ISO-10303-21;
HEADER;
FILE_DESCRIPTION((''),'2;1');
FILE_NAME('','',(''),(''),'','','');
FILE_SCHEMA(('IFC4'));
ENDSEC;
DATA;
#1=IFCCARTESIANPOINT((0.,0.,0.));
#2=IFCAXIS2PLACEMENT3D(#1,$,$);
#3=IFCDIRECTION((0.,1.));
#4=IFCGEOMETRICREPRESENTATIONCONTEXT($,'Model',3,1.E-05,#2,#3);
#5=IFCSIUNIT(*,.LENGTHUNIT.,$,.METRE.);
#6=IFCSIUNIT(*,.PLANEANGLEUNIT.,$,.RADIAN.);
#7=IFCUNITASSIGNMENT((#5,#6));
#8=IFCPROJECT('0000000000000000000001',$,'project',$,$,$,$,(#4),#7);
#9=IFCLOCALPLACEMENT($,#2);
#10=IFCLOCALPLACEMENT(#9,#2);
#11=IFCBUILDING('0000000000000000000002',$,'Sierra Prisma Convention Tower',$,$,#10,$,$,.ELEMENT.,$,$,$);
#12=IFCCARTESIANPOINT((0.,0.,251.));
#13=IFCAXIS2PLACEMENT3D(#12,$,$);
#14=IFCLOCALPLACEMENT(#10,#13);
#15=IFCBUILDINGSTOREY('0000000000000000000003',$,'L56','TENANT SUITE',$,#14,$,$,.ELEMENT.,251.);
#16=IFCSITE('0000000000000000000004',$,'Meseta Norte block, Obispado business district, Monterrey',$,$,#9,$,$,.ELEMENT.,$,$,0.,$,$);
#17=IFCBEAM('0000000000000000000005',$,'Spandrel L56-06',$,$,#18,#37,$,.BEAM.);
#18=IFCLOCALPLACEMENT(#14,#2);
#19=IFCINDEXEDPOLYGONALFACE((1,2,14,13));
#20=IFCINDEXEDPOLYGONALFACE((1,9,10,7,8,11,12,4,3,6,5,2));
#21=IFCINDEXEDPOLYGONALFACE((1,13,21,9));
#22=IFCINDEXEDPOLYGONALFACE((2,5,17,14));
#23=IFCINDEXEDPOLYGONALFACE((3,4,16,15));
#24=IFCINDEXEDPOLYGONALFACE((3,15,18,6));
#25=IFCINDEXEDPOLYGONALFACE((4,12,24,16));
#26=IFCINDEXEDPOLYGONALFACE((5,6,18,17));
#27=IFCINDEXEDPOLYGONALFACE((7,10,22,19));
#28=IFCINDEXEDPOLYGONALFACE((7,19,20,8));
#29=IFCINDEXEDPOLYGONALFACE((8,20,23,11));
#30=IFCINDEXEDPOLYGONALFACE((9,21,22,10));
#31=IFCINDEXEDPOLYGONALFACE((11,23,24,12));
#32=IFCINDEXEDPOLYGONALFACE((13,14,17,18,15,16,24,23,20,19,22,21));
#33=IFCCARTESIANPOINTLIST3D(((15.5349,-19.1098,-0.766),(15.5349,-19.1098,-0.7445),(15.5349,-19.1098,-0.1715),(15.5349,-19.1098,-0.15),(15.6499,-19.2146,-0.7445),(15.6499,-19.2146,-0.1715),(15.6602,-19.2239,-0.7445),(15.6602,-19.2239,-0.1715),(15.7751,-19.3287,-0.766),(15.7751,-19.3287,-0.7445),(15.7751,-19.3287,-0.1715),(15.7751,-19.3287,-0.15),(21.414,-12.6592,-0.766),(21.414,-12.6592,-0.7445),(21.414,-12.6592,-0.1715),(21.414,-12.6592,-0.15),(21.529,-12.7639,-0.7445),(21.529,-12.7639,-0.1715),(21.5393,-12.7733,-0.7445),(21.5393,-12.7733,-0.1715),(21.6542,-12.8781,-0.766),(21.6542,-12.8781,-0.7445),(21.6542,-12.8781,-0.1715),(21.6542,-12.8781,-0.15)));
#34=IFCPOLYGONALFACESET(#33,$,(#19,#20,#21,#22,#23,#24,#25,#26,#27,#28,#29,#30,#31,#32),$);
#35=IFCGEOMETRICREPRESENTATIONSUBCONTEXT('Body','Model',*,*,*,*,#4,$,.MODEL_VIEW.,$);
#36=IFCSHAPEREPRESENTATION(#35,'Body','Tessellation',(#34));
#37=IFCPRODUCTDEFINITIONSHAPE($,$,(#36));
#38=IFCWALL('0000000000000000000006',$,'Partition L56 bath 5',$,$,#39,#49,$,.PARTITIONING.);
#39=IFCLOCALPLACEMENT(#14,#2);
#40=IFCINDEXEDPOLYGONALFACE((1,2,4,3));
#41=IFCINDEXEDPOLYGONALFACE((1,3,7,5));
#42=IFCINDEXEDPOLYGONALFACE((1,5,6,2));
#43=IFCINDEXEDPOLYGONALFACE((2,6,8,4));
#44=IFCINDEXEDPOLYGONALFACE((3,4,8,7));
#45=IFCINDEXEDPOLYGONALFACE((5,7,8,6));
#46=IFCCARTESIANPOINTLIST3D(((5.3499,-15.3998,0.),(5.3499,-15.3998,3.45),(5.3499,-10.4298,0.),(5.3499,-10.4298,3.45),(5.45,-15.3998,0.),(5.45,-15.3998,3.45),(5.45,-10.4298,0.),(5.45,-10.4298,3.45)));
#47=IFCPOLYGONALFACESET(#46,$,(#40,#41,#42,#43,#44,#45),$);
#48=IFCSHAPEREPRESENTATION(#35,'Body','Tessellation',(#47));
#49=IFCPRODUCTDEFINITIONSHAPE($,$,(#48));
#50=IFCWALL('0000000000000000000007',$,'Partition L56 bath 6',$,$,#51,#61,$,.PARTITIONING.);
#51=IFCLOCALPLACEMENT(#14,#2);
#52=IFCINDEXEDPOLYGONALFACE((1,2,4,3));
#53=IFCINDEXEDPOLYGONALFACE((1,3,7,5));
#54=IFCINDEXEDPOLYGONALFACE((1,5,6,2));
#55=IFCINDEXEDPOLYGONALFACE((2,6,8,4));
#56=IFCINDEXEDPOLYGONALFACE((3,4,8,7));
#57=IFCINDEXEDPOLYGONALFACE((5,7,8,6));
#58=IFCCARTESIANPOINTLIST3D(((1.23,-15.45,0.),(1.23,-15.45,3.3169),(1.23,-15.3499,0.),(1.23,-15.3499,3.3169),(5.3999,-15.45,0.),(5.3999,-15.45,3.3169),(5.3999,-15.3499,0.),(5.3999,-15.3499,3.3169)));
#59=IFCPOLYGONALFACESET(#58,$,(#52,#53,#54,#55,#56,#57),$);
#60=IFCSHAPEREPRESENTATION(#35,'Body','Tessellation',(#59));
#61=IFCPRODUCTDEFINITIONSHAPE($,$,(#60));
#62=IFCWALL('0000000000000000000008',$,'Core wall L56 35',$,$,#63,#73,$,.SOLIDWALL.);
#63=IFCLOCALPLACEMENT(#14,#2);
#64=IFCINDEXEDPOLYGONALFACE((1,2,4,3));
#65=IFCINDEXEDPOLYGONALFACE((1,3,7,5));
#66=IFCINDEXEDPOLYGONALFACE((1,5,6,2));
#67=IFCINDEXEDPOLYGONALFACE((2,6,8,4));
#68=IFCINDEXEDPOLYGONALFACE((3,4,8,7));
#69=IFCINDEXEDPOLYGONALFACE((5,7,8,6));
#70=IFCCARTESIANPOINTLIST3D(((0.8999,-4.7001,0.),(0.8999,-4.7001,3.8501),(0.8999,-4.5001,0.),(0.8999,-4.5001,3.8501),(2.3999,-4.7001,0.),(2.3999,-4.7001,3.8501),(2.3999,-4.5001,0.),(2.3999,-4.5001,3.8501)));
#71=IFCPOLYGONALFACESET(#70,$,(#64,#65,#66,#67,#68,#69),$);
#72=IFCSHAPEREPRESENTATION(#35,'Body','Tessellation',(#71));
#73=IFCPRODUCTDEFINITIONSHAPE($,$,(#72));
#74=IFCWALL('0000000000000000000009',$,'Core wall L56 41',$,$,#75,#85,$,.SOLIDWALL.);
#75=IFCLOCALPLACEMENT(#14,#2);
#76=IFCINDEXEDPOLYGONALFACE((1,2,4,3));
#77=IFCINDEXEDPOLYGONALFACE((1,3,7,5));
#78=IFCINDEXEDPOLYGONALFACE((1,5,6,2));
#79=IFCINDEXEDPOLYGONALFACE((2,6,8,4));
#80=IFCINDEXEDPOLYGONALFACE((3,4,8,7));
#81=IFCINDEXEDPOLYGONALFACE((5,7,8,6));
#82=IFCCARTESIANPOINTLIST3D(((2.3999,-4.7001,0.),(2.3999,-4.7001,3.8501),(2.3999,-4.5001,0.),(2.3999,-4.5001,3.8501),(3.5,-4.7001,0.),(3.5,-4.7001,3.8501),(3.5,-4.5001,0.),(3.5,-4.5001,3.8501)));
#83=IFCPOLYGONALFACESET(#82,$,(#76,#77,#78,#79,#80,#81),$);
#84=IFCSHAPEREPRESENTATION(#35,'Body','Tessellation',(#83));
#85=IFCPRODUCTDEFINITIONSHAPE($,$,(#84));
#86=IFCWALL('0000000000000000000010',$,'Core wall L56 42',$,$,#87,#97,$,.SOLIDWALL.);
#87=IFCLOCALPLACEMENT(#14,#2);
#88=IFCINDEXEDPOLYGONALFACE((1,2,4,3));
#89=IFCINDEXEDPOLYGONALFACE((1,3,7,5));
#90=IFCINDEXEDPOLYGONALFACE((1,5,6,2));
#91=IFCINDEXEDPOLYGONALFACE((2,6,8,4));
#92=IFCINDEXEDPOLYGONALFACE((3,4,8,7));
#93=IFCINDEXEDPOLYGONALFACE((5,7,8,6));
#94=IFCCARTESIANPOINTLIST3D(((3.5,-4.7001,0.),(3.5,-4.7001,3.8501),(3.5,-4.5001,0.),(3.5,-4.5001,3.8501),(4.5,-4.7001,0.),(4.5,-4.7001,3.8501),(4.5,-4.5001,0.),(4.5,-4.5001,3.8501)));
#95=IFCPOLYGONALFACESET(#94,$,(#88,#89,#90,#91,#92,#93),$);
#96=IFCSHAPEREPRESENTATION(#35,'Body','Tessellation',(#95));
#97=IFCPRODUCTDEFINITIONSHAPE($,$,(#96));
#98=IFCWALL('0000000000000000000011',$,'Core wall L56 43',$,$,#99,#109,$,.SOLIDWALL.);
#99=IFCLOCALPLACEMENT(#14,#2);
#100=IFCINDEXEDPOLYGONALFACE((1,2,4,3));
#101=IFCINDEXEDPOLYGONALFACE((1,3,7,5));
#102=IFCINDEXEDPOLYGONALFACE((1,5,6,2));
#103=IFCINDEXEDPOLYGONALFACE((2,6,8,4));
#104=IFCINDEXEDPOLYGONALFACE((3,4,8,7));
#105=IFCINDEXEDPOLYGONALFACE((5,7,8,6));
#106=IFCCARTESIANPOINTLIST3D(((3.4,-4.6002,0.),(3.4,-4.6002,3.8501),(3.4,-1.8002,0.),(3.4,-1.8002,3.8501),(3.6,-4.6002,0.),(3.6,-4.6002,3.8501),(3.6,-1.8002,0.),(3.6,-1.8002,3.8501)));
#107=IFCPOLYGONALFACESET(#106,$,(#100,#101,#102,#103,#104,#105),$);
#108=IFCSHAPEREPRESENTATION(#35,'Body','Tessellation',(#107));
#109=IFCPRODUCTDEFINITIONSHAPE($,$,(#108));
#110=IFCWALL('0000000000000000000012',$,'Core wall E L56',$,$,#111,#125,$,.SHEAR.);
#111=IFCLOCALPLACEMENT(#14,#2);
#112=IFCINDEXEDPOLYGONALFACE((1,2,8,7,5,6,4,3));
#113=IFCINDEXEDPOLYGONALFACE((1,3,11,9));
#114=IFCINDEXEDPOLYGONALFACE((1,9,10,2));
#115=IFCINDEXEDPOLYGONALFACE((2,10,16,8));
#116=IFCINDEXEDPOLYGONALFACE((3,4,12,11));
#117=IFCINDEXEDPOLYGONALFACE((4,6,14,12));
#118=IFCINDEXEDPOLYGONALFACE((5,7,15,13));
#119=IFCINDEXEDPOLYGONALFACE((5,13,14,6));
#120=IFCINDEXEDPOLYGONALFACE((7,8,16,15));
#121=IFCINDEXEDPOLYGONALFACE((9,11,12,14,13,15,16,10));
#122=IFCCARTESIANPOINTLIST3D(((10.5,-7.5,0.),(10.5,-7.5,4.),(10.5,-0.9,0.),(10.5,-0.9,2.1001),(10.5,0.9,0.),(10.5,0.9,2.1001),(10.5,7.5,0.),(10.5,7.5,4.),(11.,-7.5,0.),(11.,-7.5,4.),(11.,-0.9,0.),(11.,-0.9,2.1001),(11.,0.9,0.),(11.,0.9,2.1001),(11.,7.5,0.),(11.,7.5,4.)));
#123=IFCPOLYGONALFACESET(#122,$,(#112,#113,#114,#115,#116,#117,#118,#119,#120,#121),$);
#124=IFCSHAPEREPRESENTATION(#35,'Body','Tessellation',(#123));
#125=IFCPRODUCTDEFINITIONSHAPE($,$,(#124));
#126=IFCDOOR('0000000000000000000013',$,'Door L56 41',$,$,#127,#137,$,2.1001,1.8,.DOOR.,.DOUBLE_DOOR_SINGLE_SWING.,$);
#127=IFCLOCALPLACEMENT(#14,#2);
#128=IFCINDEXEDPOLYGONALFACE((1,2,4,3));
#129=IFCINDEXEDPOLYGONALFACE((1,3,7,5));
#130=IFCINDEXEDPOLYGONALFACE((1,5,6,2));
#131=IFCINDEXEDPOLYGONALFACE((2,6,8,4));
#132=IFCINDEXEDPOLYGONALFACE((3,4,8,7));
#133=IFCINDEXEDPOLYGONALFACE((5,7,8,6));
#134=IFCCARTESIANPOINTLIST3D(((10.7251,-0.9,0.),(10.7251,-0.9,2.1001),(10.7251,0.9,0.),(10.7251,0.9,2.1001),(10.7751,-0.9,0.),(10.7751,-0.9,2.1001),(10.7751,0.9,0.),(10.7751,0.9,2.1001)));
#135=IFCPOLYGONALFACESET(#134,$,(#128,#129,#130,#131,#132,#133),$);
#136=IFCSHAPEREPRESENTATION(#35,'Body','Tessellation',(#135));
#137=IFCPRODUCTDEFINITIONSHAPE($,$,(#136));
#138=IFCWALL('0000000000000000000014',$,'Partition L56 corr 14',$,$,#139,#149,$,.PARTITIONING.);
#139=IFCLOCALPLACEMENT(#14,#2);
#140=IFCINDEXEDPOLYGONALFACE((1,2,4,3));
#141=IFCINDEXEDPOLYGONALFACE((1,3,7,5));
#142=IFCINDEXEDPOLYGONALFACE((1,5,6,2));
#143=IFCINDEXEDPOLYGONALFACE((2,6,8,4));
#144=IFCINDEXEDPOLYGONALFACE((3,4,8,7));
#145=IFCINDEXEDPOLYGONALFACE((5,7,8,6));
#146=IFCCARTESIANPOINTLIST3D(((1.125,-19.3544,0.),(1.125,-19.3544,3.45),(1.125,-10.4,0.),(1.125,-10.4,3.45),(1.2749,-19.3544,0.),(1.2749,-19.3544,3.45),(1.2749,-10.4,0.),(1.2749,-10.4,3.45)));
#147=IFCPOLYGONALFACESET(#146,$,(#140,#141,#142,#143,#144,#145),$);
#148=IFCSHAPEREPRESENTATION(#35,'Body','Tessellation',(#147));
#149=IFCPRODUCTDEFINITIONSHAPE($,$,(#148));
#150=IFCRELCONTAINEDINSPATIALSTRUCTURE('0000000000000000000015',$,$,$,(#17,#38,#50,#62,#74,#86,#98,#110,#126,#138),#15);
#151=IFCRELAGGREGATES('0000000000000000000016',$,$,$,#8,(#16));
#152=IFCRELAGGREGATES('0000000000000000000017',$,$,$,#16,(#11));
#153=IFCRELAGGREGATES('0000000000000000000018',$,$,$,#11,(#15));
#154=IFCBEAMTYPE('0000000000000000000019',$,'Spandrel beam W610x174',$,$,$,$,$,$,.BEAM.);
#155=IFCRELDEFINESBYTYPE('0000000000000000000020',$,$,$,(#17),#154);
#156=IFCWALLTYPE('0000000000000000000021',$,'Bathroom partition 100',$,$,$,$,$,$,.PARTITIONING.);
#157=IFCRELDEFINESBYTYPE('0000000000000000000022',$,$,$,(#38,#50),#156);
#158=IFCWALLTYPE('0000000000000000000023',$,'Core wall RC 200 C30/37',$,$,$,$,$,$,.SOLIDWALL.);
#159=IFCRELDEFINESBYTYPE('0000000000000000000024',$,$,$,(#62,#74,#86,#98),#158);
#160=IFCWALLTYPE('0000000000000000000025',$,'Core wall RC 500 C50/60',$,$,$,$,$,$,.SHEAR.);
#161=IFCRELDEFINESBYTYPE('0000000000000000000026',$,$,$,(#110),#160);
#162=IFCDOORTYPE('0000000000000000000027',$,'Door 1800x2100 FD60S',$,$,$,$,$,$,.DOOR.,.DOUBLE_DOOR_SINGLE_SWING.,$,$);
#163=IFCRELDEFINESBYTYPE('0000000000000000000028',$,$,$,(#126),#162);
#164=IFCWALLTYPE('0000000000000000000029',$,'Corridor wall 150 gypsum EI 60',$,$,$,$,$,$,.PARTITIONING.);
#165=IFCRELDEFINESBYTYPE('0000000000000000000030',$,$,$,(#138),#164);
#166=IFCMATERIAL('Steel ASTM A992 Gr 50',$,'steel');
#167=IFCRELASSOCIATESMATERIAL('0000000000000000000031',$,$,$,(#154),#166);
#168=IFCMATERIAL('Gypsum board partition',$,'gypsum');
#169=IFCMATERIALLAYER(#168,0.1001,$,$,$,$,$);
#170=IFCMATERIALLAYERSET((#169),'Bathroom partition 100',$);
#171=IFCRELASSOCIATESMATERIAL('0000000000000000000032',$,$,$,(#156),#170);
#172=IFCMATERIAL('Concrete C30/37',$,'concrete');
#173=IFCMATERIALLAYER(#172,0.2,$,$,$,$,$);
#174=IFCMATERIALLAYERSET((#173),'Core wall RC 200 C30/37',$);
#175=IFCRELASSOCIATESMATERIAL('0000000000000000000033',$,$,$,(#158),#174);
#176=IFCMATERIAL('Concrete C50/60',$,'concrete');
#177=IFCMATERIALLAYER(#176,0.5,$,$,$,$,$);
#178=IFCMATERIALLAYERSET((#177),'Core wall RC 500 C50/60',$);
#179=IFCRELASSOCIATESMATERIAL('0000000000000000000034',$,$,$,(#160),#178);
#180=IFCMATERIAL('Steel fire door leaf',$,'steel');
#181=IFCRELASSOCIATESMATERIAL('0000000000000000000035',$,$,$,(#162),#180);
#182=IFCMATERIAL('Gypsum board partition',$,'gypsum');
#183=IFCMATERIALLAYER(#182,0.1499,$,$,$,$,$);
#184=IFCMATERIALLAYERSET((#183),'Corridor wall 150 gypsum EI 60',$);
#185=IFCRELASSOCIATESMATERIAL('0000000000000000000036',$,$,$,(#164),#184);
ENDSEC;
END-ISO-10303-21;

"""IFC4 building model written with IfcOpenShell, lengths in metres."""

from ifc_helpers import new_model, si_unit, direction, frame, frame_2d, origin, origin_2d, place, context, subcontext, project, spatial, rectangle, i_section, extrude, material, layer, layer_set, material_profile, profile_set, type_object, element, fill, save


model = new_model("IFC4")

# Units and contexts
model_context = context("Model", 3, precision=1e-05, world=origin(), true_north=direction((0.0, 1.0)))
body_context = subcontext(model_context, "Body", "Model", "MODEL_VIEW")
ifc_project = project(units=[si_unit("LENGTHUNIT", "METRE"), si_unit("PLANEANGLEUNIT", "RADIAN")], contexts=[model_context])

# Site, building, storey
site_placement = place(None, origin())
site = spatial("IfcSite", under=ifc_project, at=site_placement, Name="Meseta Norte block, Obispado business district, Monterrey", CompositionType="ELEMENT", RefElevation=0.0)
building_placement = place(site_placement, origin())
building = spatial("IfcBuilding", under=site, at=building_placement, Name="Sierra Prisma Convention Tower", CompositionType="ELEMENT")
storey_placement = place(building_placement, frame((0.0, 0.0, 251.0)))
storey = spatial("IfcBuildingStorey", under=building, at=storey_placement, Name="L56", Description="TENANT SUITE", CompositionType="ELEMENT", Elevation=251.0)

# Beam
ifc_material_1 = material(Name="Steel ASTM A992 Gr 50", Category="steel")
ifc_material_profile = material_profile(ifc_material_1, i_section(OverallWidth=0.325, OverallDepth=0.616, WebThickness=0.0139, FlangeThickness=0.0215, at=origin_2d()), Name="W610x174")
ifc_profile_set = profile_set([ifc_material_profile], Name="Steel ASTM A992 Gr 50")
beam_type = type_object("IfcBeamType", Name="Spandrel beam W610x174", PredefinedType="BEAM", material=ifc_profile_set)
beam_placement = place(storey_placement, frame((15.655, -19.2192, -0.458), z_axis=(0.673606, 0.73909, 0.0), x_axis=(-0.73909, 0.673606, 0.0)))
element("IfcBeam", 1, at=beam_placement, inside=storey, type_object=beam_type, Name="Spandrel L56-06", PredefinedType="BEAM", context=body_context, shape_type="SweptSolid", body=[
    extrude(i_section(OverallWidth=0.325, OverallDepth=0.616, WebThickness=0.0139, FlangeThickness=0.0215, at=origin_2d()), origin(), (0.0, 0.0, 1.0), 8.7278),
])

# Walls
ifc_material_2 = material(Name="Gypsum board partition", Category="gypsum")
ifc_layer_1 = layer(ifc_material_2, 0.1001)
ifc_layer_set_1 = layer_set([ifc_layer_1], Name="Bathroom partition 100")
wall_type_1 = type_object("IfcWallType", Name="Bathroom partition 100", PredefinedType="PARTITIONING", material=ifc_layer_set_1)
wall_1_placement = place(storey_placement, frame((5.3999, -10.4299, 0.0), z_axis=(0.0, 0.0, 1.0), x_axis=(0.0, -1.0, 0.0)))
element("IfcWall", 2, at=wall_1_placement, inside=storey, type_object=wall_type_1, Name="Partition L56 bath 5", PredefinedType="PARTITIONING", context=body_context, shape_type="SweptSolid", body=[
    extrude(rectangle(XDim=4.97, YDim=0.1001, at=frame_2d((2.4849, 0.0))), origin(), (0.0, 0.0, 1.0), 3.45),
])
wall_2_placement = place(storey_placement, frame((5.3999, -15.3999, 0.0), z_axis=(0.0, 0.0, 1.0), x_axis=(-1.0, 0.0, 0.0)))
element("IfcWall", 3, at=wall_2_placement, inside=storey, type_object=wall_type_1, Name="Partition L56 bath 6", PredefinedType="PARTITIONING", context=body_context, shape_type="SweptSolid", body=[
    extrude(rectangle(XDim=4.1699, YDim=0.1001, at=frame_2d((2.085, 0.0))), origin(), (0.0, 0.0, 1.0), 3.3169),
])
ifc_material_3 = material(Name="Concrete C30/37", Category="concrete")
ifc_layer_2 = layer(ifc_material_3, 0.2)
ifc_layer_set_2 = layer_set([ifc_layer_2], Name="Core wall RC 200 C30/37")
wall_type_2 = type_object("IfcWallType", Name="Core wall RC 200 C30/37", PredefinedType="SOLIDWALL", material=ifc_layer_set_2)
wall_3_placement = place(storey_placement, frame((0.8999, -4.6001, 0.0), z_axis=(0.0, 0.0, 1.0), x_axis=(1.0, 0.0, 0.0)))
element("IfcWall", 4, at=wall_3_placement, inside=storey, type_object=wall_type_2, Name="Core wall L56 35", PredefinedType="SOLIDWALL", context=body_context, shape_type="SweptSolid", body=[
    extrude(rectangle(XDim=1.5, YDim=0.2, at=frame_2d((0.75, 0.0))), origin(), (0.0, 0.0, 1.0), 3.8501),
])

# Walls
wall_4_placement = place(storey_placement, frame((3.5, -4.6001, 0.0), z_axis=(0.0, 0.0, 1.0), x_axis=(-1.0, 0.0, 0.0)))
element("IfcWall", 5, at=wall_4_placement, inside=storey, type_object=wall_type_2, Name="Core wall L56 41", PredefinedType="SOLIDWALL", context=body_context, shape_type="SweptSolid", body=[
    extrude(rectangle(XDim=1.1001, YDim=0.2, at=frame_2d((0.55, 0.0))), origin(), (0.0, 0.0, 1.0), 3.8501),
])
wall_5_placement = place(storey_placement, frame((4.5, -4.6001, 0.0), z_axis=(0.0, 0.0, 1.0), x_axis=(-1.0, 0.0, 0.0)))
element("IfcWall", 6, at=wall_5_placement, inside=storey, type_object=wall_type_2, Name="Core wall L56 42", PredefinedType="SOLIDWALL", context=body_context, shape_type="SweptSolid", body=[
    extrude(rectangle(XDim=1.0, YDim=0.2, at=frame_2d((0.5, 0.0))), origin(), (0.0, 0.0, 1.0), 3.8501),
])
wall_6_placement = place(storey_placement, frame((3.5, -4.6001, 0.0), z_axis=(0.0, 0.0, 1.0), x_axis=(0.0, 1.0, 0.0)))
element("IfcWall", 7, at=wall_6_placement, inside=storey, type_object=wall_type_2, Name="Core wall L56 43", PredefinedType="SOLIDWALL", context=body_context, shape_type="SweptSolid", body=[
    extrude(rectangle(XDim=2.8, YDim=0.2, at=frame_2d((1.3999, 0.0))), origin(), (0.0, 0.0, 1.0), 3.8501),
])

# Wall, opening, door
ifc_material_4 = material(Name="Concrete C50/60", Category="concrete")
ifc_layer_3 = layer(ifc_material_4, 0.5)
ifc_layer_set_3 = layer_set([ifc_layer_3], Name="Core wall RC 500 C50/60")
wall_type_3 = type_object("IfcWallType", Name="Core wall RC 500 C50/60", PredefinedType="SHEAR", material=ifc_layer_set_3)
wall_7_placement = place(storey_placement, frame((10.75, -7.5, 0.0), z_axis=(0.0, 0.0, 1.0), x_axis=(0.0, 1.0, 0.0)))
wall_7 = element("IfcWall", 8, at=wall_7_placement, inside=storey, type_object=wall_type_3, Name="Core wall E L56", PredefinedType="SHEAR", context=body_context, shape_type="SweptSolid", body=[
    extrude(rectangle(XDim=15.0, YDim=0.5, at=frame_2d((7.5, 0.0))), origin(), (0.0, 0.0, 1.0), 4.0),
])
opening_1_placement = place(wall_7_placement, frame((6.6001, 0.0, 0.0)))
opening_1 = element("IfcOpeningElement", 9, at=opening_1_placement, cuts=wall_7, PredefinedType="OPENING", context=body_context, shape_type="SweptSolid", body=[
    extrude(rectangle(XDim=1.8, YDim=2.1001, at=frame_2d((0.8999, 1.05))), frame((0.0, 0.25, 0.0), z_axis=(0.0, -1.0, 0.0), x_axis=(1.0, 0.0, 0.0)), (0.0, 0.0, 1.0), 0.5),
])
ifc_material_5 = material(Name="Steel fire door leaf", Category="steel")
door_type_1 = type_object("IfcDoorType", Name="Door 1800x2100 FD60S", OperationType="DOUBLE_DOOR_SINGLE_SWING", PredefinedType="DOOR", material=ifc_material_5)
door_1_placement = place(opening_1_placement, origin())
door_1 = element("IfcDoor", 10, at=door_1_placement, inside=storey, type_object=door_type_1, Name="Door L56 41", OperationType="DOUBLE_DOOR_SINGLE_SWING", OverallHeight=2.1001, OverallWidth=1.8, PredefinedType="DOOR", context=body_context, shape_type="SweptSolid", body=[
    extrude(rectangle(XDim=1.8, YDim=2.1001, at=frame_2d((0.8999, 1.05))), frame((0.0, 0.0249, 0.0), z_axis=(0.0, -1.0, 0.0), x_axis=(1.0, 0.0, 0.0)), (0.0, 0.0, 1.0), 0.05),
])
fill(opening_1, door_1)

# Wall
ifc_material_6 = material(Name="Gypsum board partition", Category="gypsum")
ifc_layer_4 = layer(ifc_material_6, 0.1499)
ifc_layer_set_4 = layer_set([ifc_layer_4], Name="Corridor wall 150 gypsum EI 60")
wall_type_4 = type_object("IfcWallType", Name="Corridor wall 150 gypsum EI 60", PredefinedType="PARTITIONING", material=ifc_layer_set_4)
wall_8_placement = place(storey_placement, frame((1.2, -19.3542, 0.0), z_axis=(0.0, 0.0, 1.0), x_axis=(0.0, 1.0, 0.0)))
element("IfcWall", 11, at=wall_8_placement, inside=storey, type_object=wall_type_4, Name="Partition L56 corr 14", PredefinedType="PARTITIONING", context=body_context, shape_type="SweptSolid", body=[
    extrude(rectangle(XDim=8.9543, YDim=0.1499, at=frame_2d((4.4771, 0.0))), origin(), (0.0, 0.0, 1.0), 3.45),
])

save(model, "model.ifc")
